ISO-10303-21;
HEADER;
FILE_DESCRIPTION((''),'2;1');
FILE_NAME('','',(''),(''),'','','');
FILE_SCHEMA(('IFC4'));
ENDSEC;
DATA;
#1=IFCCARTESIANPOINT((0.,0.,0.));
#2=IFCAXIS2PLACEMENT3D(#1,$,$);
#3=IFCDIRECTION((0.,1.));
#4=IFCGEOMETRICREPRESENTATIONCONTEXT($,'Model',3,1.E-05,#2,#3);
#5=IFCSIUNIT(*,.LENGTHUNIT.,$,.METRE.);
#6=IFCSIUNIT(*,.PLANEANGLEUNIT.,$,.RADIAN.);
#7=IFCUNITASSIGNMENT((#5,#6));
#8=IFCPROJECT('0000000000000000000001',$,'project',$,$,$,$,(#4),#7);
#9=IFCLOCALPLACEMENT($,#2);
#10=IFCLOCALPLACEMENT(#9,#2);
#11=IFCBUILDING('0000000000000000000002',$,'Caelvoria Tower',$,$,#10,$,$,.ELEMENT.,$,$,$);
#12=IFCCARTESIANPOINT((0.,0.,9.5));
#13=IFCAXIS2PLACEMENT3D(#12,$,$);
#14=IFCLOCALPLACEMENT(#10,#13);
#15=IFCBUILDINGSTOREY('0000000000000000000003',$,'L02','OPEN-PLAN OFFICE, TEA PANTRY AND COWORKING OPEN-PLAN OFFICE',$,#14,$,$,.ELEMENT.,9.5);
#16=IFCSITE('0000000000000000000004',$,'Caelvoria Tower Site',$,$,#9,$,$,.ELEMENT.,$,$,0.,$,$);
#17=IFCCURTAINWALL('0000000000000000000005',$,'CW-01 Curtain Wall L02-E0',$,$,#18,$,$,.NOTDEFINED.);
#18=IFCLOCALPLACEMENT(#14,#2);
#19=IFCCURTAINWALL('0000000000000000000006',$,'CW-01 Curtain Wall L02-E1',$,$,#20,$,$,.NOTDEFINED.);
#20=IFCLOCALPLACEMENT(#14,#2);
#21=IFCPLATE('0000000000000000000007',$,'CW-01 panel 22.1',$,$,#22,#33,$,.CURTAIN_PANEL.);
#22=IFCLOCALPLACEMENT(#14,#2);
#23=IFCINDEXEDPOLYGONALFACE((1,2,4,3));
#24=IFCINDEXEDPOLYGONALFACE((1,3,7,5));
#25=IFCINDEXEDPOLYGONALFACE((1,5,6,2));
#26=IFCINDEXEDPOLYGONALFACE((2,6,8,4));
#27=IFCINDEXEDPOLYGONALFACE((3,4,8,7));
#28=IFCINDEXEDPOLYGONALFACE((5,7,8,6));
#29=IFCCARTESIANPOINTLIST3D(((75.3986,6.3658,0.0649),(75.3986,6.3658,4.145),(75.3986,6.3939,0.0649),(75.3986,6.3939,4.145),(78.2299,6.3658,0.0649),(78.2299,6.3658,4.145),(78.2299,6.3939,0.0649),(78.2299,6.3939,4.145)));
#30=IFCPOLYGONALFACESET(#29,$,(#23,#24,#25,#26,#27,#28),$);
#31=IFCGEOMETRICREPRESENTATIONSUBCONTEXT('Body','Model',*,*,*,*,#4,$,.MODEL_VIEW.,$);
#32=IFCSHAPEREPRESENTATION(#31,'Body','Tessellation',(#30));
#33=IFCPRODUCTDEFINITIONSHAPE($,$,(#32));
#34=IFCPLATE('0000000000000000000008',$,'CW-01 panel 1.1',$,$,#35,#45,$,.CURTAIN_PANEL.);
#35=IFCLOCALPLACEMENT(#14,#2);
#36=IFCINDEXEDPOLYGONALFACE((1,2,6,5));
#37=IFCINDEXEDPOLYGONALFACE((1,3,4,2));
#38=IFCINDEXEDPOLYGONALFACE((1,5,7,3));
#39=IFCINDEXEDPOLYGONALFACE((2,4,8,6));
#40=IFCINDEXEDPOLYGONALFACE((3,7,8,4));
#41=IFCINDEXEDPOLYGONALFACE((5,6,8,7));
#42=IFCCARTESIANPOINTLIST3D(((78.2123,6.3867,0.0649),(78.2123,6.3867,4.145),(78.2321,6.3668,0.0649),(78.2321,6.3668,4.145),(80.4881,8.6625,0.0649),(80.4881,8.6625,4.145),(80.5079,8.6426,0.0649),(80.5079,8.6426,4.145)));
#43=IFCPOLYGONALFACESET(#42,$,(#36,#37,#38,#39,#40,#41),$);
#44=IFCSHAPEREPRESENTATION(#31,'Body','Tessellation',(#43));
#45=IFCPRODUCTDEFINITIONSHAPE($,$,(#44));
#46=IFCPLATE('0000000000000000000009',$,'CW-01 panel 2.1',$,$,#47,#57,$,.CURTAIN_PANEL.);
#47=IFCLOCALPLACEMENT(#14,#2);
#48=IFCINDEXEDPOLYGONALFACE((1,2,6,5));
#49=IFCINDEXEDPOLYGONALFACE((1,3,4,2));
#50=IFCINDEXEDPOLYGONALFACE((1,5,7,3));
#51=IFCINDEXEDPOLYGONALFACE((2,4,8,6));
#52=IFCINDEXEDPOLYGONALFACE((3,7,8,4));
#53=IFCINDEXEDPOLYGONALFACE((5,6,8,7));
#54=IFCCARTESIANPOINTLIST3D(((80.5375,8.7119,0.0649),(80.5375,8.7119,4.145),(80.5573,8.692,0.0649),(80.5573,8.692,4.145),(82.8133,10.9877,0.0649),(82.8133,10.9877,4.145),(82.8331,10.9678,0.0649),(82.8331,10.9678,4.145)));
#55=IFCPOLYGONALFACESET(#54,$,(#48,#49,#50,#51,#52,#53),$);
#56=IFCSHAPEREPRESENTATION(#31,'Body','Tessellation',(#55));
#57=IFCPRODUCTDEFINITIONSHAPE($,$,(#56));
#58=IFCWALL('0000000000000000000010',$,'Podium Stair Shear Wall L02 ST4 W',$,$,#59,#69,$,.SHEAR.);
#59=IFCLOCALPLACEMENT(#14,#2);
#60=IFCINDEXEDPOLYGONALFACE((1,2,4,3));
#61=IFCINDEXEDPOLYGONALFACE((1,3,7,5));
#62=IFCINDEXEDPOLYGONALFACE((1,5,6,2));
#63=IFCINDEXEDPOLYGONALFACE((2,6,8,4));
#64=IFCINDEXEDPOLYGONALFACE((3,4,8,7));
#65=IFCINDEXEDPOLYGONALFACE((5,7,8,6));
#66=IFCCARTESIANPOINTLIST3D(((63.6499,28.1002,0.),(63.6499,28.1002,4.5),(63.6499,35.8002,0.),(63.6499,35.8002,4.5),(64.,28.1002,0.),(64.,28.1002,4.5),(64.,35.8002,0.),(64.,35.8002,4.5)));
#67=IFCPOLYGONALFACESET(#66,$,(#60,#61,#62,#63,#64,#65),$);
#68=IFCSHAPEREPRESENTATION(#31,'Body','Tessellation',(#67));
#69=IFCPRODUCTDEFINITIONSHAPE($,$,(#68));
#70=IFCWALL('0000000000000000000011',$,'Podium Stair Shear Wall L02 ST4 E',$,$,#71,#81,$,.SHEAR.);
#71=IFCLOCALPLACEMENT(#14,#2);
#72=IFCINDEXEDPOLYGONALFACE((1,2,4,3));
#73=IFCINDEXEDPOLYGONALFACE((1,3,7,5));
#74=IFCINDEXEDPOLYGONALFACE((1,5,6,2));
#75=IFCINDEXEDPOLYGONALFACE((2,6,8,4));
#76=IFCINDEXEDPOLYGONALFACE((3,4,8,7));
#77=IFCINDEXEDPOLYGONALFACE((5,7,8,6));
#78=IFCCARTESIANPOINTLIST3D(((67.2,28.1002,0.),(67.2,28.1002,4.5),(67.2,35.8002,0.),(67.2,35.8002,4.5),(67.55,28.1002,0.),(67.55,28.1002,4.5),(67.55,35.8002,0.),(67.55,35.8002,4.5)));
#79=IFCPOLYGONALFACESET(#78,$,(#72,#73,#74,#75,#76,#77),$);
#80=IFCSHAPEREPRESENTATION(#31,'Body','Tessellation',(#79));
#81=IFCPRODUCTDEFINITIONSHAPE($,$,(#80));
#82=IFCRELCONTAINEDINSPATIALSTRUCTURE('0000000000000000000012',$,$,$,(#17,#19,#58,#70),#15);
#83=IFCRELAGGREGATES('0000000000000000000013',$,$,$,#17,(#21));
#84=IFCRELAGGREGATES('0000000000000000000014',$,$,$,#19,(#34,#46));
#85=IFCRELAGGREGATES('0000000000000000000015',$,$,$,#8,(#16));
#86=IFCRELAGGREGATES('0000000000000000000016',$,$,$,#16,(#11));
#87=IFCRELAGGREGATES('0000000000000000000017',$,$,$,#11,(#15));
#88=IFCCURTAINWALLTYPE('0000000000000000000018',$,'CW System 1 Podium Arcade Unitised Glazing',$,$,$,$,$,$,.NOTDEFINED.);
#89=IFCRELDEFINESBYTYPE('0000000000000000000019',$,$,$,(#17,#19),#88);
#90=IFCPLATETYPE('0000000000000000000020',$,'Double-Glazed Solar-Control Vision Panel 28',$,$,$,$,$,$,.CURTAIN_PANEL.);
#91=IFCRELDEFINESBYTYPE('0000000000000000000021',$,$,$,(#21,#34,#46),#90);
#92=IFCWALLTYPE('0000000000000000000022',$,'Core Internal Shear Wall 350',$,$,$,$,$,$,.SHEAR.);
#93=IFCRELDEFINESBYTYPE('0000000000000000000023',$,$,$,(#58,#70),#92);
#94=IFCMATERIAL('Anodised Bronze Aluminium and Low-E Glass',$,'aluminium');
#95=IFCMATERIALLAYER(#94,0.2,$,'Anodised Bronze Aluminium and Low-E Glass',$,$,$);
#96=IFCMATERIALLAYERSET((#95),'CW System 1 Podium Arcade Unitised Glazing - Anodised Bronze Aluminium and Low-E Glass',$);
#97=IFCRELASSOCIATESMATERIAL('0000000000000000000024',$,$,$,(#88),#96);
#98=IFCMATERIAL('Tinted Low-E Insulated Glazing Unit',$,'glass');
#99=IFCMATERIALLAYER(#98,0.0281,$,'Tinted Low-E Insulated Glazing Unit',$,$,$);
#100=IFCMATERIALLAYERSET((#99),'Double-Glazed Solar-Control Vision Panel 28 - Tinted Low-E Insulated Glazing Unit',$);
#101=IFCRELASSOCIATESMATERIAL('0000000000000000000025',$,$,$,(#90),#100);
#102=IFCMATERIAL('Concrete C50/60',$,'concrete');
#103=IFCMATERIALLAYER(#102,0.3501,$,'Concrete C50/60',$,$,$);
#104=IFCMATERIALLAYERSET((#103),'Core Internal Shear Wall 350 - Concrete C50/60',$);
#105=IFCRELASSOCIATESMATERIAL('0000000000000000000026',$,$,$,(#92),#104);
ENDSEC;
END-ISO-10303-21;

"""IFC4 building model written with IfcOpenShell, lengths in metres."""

from ifc_helpers import new_model, si_unit, direction, frame, frame_2d, origin, origin_2d, place, context, subcontext, project, spatial, rectangle, extrude, material, layer, layer_set, type_object, element, aggregate, save


model = new_model("IFC4")

# Units and contexts
model_context = context("Model", 3, precision=1e-05, world=origin(), true_north=direction((0.0, 1.0)))
body_context = subcontext(model_context, "Body", "Model", "MODEL_VIEW")
ifc_project = project(units=[si_unit("LENGTHUNIT", "METRE"), si_unit("PLANEANGLEUNIT", "RADIAN")], contexts=[model_context])

# Site, building, storey
site_placement = place(None, origin())
site = spatial("IfcSite", under=ifc_project, at=site_placement, Name="Caelvoria Tower Site", CompositionType="ELEMENT", RefElevation=0.0)
building_placement = place(site_placement, origin())
building = spatial("IfcBuilding", under=site, at=building_placement, Name="Caelvoria Tower", CompositionType="ELEMENT")
storey_placement = place(building_placement, frame((0.0, 0.0, 9.5)))
storey = spatial("IfcBuildingStorey", under=building, at=storey_placement, Name="L02", Description="OPEN-PLAN OFFICE, TEA PANTRY AND COWORKING OPEN-PLAN OFFICE", CompositionType="ELEMENT", Elevation=9.5)

# Curtain wall
ifc_material_1 = material(Name="Anodised Bronze Aluminium and Low-E Glass", Category="aluminium")
ifc_layer_1 = layer(ifc_material_1, 0.2, Name="Anodised Bronze Aluminium and Low-E Glass")
ifc_layer_set_1 = layer_set([ifc_layer_1], Name="CW System 1 Podium Arcade Unitised Glazing - Anodised Bronze Aluminium and Low-E Glass")
curtain_wall_type = type_object("IfcCurtainWallType", Name="CW System 1 Podium Arcade Unitised Glazing", PredefinedType="NOTDEFINED", material=ifc_layer_set_1)
curtain_wall_1_placement = place(storey_placement, origin())
curtain_wall_1 = element("IfcCurtainWall", 1, at=curtain_wall_1_placement, inside=storey, type_object=curtain_wall_type, Name="CW-01 Curtain Wall L02-E0", PredefinedType="NOTDEFINED")

# Curtain wall
curtain_wall_2_placement = place(storey_placement, origin())
curtain_wall_2 = element("IfcCurtainWall", 2, at=curtain_wall_2_placement, inside=storey, type_object=curtain_wall_type, Name="CW-01 Curtain Wall L02-E1", PredefinedType="NOTDEFINED")

# Plates
ifc_material_2 = material(Name="Tinted Low-E Insulated Glazing Unit", Category="glass")
ifc_layer_2 = layer(ifc_material_2, 0.0281, Name="Tinted Low-E Insulated Glazing Unit")
ifc_layer_set_2 = layer_set([ifc_layer_2], Name="Double-Glazed Solar-Control Vision Panel 28 - Tinted Low-E Insulated Glazing Unit")
plate_type = type_object("IfcPlateType", Name="Double-Glazed Solar-Control Vision Panel 28", PredefinedType="CURTAIN_PANEL", material=ifc_layer_set_2)
plate_1_placement = place(storey_placement, frame((76.8142, 6.3799, 0.0649), z_axis=(0.0, 0.0, 1.0), x_axis=(1.0, 0.0, 0.0)))
plate_1 = element("IfcPlate", 3, at=plate_1_placement, type_object=plate_type, Name="CW-01 panel 22.1", PredefinedType="CURTAIN_PANEL", context=body_context, shape_type="SweptSolid", body=[
    extrude(rectangle(XDim=2.8313, YDim=0.0281, at=origin_2d()), origin(), (0.0, 0.0, 1.0), 4.0801),
])
aggregate(curtain_wall_1, [plate_1])
plate_2_placement = place(storey_placement, frame((79.3601, 7.5146, 0.0649), z_axis=(0.0, 0.0, 1.0), x_axis=(0.707107, 0.707107, 0.0)))
plate_2 = element("IfcPlate", 4, at=plate_2_placement, type_object=plate_type, Name="CW-01 panel 1.1", PredefinedType="CURTAIN_PANEL", context=body_context, shape_type="SweptSolid", body=[
    extrude(rectangle(XDim=3.2185, YDim=0.0281, at=origin_2d()), origin(), (0.0, 0.0, 1.0), 4.0801),
])
plate_3_placement = place(storey_placement, frame((81.6853, 9.8398, 0.0649), z_axis=(0.0, 0.0, 1.0), x_axis=(0.707107, 0.707107, 0.0)))
plate_3 = element("IfcPlate", 5, at=plate_3_placement, type_object=plate_type, Name="CW-01 panel 2.1", PredefinedType="CURTAIN_PANEL", context=body_context, shape_type="SweptSolid", body=[
    extrude(rectangle(XDim=3.2185, YDim=0.0281, at=origin_2d()), origin(), (0.0, 0.0, 1.0), 4.0801),
])
aggregate(curtain_wall_2, [plate_2, plate_3])

# Shared definitions
ifc_material_3 = material(Name="Concrete C50/60", Category="concrete")
ifc_layer_3 = layer(ifc_material_3, 0.3501, Name="Concrete C50/60")
ifc_layer_set_3 = layer_set([ifc_layer_3], Name="Core Internal Shear Wall 350 - Concrete C50/60")
wall_type_1 = type_object("IfcWallType", Name="Core Internal Shear Wall 350", PredefinedType="SHEAR", material=ifc_layer_set_3)

# Walls
for number, where, z_axis, x_axis, name in (
    (6, (63.825, 28.1001, 0.0), (0.0, 0.0, 1.0), (0.0, 1.0, 0.0), "Podium Stair Shear Wall L02 ST4 W"),
    (7, (67.375, 28.1001, 0.0), (0.0, 0.0, 1.0), (0.0, 1.0, 0.0), "Podium Stair Shear Wall L02 ST4 E"),
):
    element("IfcWall", number, at=place(storey_placement, frame(where, z_axis=z_axis, x_axis=x_axis)), inside=storey, type_object=wall_type_1, Name=name, PredefinedType="SHEAR", context=body_context, shape_type="SweptSolid", body=[
        extrude(rectangle(XDim=7.7, YDim=0.3501, at=frame_2d((3.8501, 0.0))), origin(), (0.0, 0.0, 1.0), 4.5),
    ])

save(model, "model.ifc")
